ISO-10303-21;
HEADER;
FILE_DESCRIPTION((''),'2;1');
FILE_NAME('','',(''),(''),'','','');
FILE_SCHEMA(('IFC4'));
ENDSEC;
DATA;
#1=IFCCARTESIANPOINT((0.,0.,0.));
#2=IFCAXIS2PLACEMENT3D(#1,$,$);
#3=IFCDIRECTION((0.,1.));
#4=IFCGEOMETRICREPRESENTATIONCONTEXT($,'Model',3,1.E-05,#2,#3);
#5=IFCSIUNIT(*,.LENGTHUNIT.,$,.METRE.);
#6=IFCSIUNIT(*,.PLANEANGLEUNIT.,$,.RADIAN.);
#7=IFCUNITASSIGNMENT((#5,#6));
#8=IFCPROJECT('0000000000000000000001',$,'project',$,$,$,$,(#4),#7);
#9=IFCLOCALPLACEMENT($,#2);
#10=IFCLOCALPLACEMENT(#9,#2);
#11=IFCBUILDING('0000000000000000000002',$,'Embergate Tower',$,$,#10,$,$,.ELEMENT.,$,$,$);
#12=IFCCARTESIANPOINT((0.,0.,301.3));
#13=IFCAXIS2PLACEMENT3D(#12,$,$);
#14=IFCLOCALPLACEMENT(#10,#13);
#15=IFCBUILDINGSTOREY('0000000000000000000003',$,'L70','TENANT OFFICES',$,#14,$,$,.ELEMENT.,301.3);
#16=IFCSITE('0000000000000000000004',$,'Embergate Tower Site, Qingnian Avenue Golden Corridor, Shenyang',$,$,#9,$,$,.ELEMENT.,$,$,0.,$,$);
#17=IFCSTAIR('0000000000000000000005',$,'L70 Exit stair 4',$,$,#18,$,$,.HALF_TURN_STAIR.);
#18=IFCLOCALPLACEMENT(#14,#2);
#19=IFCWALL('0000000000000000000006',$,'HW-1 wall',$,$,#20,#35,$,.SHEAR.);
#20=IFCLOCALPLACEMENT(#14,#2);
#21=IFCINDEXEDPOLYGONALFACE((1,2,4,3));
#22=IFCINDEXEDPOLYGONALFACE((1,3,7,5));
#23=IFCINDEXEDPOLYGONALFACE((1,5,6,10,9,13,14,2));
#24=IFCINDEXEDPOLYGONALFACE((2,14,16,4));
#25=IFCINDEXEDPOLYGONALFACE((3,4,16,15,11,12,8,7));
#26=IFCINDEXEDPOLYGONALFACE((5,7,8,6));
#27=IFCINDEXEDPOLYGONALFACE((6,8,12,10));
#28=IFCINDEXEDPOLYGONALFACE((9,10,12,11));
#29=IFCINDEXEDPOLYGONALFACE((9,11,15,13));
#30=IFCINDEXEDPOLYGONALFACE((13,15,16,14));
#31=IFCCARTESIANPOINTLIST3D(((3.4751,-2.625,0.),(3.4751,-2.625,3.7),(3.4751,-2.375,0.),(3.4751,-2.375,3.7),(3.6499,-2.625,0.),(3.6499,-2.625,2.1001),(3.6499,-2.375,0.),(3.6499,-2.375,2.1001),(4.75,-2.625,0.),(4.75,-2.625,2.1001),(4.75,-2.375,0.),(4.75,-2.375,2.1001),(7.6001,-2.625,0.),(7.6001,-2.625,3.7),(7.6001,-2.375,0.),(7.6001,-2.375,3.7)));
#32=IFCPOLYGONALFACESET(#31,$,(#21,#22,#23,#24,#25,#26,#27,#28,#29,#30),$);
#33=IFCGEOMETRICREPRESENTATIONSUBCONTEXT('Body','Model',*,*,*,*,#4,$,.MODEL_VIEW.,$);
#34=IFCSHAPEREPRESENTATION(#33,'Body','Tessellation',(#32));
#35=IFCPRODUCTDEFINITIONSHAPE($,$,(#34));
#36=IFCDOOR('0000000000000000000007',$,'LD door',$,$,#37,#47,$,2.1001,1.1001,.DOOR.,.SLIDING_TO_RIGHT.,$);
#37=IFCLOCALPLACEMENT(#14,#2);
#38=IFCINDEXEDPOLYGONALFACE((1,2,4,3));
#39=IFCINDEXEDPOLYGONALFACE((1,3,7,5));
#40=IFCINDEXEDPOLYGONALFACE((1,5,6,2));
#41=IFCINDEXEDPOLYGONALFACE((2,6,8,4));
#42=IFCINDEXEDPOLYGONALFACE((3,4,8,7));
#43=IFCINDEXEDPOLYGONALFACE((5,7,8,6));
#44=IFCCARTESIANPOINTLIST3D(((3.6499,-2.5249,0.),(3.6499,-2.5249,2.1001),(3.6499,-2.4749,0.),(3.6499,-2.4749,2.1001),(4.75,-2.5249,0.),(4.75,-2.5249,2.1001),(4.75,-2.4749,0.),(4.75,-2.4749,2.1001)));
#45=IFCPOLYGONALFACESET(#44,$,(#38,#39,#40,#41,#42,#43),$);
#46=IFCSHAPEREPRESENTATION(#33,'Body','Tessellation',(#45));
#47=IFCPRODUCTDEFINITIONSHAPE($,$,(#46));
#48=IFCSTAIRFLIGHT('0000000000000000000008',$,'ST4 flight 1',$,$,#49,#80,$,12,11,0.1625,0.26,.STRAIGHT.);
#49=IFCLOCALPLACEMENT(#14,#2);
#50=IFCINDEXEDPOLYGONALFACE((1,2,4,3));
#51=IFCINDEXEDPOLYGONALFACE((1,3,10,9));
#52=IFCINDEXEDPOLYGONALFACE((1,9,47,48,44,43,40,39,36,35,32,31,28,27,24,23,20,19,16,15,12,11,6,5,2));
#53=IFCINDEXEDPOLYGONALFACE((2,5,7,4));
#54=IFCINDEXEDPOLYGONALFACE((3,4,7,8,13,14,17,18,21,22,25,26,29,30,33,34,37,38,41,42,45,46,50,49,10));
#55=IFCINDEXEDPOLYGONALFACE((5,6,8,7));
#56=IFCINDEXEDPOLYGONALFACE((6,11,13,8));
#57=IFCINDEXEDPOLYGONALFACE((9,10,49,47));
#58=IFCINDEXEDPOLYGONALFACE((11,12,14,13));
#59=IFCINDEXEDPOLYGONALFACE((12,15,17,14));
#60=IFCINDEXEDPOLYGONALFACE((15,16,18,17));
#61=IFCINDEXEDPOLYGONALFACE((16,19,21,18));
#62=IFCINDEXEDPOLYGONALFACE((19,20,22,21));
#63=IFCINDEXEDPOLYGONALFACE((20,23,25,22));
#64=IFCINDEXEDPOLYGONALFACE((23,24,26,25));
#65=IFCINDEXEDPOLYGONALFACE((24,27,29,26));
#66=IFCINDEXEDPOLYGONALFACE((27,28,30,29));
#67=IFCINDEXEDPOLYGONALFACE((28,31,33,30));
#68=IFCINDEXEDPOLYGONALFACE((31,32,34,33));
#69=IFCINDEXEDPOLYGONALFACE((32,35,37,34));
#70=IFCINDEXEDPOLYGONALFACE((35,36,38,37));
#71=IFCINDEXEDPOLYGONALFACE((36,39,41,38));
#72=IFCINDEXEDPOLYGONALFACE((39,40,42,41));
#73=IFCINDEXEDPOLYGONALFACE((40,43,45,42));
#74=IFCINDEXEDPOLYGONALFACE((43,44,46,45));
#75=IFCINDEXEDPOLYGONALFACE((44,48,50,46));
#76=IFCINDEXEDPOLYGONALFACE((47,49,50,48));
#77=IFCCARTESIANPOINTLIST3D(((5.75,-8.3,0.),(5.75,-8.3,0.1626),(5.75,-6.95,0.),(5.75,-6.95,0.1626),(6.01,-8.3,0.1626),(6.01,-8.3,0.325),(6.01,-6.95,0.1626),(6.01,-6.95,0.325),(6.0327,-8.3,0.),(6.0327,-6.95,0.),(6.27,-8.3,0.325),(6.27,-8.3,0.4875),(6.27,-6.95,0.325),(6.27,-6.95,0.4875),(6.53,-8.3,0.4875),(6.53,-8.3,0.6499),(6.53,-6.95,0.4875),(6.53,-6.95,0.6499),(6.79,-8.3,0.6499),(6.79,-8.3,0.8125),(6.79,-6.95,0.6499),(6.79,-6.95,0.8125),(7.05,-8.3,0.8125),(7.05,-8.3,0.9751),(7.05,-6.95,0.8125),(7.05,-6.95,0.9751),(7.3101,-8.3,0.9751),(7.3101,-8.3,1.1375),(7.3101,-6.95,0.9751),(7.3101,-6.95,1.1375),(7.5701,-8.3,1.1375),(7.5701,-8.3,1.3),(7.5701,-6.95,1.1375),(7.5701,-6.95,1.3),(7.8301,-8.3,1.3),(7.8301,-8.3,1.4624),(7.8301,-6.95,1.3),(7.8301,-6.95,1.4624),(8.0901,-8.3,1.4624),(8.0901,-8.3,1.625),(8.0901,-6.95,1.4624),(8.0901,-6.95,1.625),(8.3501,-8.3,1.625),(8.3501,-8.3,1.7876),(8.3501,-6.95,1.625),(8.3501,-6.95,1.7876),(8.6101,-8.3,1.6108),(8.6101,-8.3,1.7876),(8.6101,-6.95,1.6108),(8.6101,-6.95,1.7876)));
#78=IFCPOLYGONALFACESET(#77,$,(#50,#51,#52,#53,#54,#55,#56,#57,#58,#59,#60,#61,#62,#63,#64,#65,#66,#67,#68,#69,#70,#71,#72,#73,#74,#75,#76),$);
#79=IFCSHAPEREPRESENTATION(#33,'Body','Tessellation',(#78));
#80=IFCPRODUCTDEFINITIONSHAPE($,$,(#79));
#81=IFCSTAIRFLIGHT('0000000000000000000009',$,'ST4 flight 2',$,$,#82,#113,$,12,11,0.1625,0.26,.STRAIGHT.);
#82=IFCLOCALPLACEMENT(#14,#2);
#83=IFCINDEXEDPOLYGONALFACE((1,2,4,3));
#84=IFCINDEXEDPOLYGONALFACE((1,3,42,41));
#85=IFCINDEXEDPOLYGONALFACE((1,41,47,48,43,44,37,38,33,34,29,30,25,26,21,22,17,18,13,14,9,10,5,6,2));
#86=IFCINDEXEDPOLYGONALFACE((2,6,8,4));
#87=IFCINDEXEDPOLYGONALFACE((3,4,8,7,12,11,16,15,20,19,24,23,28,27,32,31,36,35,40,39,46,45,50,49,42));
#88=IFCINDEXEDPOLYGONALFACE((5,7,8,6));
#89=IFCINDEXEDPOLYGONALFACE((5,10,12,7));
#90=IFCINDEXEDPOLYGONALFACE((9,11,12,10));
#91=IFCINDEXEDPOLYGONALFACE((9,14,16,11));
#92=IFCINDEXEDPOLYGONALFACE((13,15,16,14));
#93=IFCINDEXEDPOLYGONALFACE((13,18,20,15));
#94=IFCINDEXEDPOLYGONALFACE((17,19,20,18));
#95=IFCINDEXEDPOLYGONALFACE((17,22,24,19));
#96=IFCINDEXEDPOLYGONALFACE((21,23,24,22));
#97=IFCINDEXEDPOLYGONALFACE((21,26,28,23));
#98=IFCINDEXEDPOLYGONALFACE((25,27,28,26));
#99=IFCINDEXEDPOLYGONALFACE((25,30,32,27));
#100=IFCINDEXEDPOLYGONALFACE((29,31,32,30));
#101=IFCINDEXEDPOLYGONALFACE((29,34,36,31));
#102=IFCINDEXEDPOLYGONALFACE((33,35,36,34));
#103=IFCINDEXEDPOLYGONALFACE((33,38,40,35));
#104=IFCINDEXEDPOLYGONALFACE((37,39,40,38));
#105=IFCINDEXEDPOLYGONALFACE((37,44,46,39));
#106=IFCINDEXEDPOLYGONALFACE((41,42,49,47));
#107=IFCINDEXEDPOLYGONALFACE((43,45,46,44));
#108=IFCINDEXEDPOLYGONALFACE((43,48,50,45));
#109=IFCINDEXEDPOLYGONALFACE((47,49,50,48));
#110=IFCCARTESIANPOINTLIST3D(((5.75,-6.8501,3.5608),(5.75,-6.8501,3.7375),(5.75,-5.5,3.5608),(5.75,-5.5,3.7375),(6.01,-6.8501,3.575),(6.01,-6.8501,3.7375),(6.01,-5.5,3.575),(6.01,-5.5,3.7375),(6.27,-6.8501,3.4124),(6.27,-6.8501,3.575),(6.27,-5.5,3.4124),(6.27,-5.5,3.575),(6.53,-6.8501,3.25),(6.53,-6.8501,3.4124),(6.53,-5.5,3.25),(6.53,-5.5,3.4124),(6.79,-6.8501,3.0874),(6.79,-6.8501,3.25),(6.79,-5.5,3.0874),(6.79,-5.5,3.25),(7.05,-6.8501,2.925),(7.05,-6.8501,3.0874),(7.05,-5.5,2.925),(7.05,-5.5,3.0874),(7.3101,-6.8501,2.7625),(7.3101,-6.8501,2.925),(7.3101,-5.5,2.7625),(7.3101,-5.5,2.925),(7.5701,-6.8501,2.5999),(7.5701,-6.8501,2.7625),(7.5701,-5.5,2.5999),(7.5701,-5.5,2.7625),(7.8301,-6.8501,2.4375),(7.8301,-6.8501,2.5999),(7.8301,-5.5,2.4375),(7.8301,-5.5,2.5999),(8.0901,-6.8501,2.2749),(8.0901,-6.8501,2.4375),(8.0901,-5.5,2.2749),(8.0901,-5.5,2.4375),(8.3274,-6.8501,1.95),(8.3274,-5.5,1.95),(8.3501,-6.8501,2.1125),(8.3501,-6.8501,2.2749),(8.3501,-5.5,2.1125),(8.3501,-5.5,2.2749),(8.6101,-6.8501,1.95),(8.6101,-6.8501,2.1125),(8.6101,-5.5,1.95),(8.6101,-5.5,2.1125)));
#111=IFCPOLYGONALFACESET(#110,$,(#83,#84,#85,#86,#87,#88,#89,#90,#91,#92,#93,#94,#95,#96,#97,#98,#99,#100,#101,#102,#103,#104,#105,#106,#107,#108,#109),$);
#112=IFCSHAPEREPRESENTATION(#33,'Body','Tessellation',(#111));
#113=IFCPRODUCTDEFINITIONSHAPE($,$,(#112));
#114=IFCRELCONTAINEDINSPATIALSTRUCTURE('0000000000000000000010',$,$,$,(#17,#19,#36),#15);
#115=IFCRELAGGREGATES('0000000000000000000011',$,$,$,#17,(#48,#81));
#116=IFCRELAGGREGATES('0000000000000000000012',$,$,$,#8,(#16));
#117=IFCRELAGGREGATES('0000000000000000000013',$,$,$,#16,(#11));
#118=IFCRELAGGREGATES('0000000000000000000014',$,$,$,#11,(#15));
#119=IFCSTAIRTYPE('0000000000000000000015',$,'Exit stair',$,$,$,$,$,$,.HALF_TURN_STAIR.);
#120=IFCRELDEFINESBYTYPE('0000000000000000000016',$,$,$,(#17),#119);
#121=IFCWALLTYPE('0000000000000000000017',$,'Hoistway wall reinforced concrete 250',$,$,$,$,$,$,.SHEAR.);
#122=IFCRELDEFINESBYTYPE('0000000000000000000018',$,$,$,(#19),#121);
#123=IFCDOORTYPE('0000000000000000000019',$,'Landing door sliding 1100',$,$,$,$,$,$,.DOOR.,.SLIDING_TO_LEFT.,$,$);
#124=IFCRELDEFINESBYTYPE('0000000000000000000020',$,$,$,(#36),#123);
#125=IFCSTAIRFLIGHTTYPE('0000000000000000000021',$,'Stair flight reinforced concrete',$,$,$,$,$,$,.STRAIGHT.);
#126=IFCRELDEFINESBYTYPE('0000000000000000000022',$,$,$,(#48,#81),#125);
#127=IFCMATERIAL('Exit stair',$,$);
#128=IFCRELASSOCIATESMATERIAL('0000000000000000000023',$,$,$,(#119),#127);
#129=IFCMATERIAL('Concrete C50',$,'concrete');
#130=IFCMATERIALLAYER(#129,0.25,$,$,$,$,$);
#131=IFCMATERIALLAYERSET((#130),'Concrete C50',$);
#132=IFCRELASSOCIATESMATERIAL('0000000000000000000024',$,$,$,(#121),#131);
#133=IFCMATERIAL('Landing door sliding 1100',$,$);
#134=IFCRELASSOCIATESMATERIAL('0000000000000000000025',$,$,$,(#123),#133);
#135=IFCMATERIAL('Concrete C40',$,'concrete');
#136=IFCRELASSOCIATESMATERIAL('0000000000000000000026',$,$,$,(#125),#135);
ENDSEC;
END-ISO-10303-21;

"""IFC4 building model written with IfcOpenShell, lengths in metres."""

from ifc_helpers import new_model, si_unit, direction, frame, frame_2d, origin, place, context, subcontext, project, spatial, polyline, rectangle, outline, extrude, source, transform, mapped, material, layer, layer_set, type_object, element, fill, aggregate, save


model = new_model("IFC4")

# Units and contexts
model_context = context("Model", 3, precision=1e-05, world=origin(), true_north=direction((0.0, 1.0)))
body_context = subcontext(model_context, "Body", "Model", "MODEL_VIEW")
ifc_project = project(units=[si_unit("LENGTHUNIT", "METRE"), si_unit("PLANEANGLEUNIT", "RADIAN")], contexts=[model_context])

# Site, building, storey
site_placement = place(None, origin())
site = spatial("IfcSite", under=ifc_project, at=site_placement, Name="Embergate Tower Site, Qingnian Avenue Golden Corridor, Shenyang", CompositionType="ELEMENT", RefElevation=0.0)
building_placement = place(site_placement, origin())
building = spatial("IfcBuilding", under=site, at=building_placement, Name="Embergate Tower", CompositionType="ELEMENT")
storey_placement = place(building_placement, frame((0.0, 0.0, 301.3)))
storey = spatial("IfcBuildingStorey", under=building, at=storey_placement, Name="L70", Description="TENANT OFFICES", CompositionType="ELEMENT", Elevation=301.3)

# Stair
ifc_material_1 = material(Name="Exit stair")
stair_type = type_object("IfcStairType", Name="Exit stair", PredefinedType="HALF_TURN_STAIR", material=ifc_material_1)
stair_placement = place(storey_placement, origin())
stair = element("IfcStair", 1, at=stair_placement, inside=storey, type_object=stair_type, Name="L70 Exit stair 4", PredefinedType="HALF_TURN_STAIR")
ifc_material_2 = material(Name="Concrete C40", Category="concrete")

# Shared definitions
ifc_material_3 = material(Name="Concrete C50", Category="concrete")
ifc_layer_1 = layer(ifc_material_3, 0.25)
ifc_layer_set_1 = layer_set([ifc_layer_1], Name="Concrete C50")
wall_type_1 = type_object("IfcWallType", Name="Hoistway wall reinforced concrete 250", PredefinedType="SHEAR", material=ifc_layer_set_1)

# Wall, opening, door
shared_shape_1 = source(origin(), body_context, "Body", "SweptSolid", [
    extrude(rectangle(XDim=4.125, YDim=0.25, at=frame_2d((2.0625, 0.0))), origin(), (0.0, 0.0, 1.0), 3.7),
])
wall_1_placement = place(storey_placement, frame((7.6001, -2.5, 0.0), z_axis=(0.0, 0.0, 1.0), x_axis=(-1.0, 0.0, 0.0)))
wall_1 = element("IfcWall", 2, at=wall_1_placement, inside=storey, type_object=wall_type_1, Name="HW-1 wall", PredefinedType="SHEAR", context=body_context, shape_type="MappedRepresentation", body=[
    mapped(shared_shape_1, transform((0.0, 0.0, 0.0))),
])
shared_shape_2 = source(origin(), body_context, "Body", "SweptSolid", [
    extrude(rectangle(XDim=1.1001, YDim=2.1001, at=frame_2d((0.55, 1.05))), frame((0.0, 0.135, 0.0), z_axis=(0.0, -1.0, 0.0), x_axis=(1.0, 0.0, 0.0)), (0.0, 0.0, 1.0), 0.27),
])
opening_1_placement = place(wall_1_placement, frame((2.8501, 0.0, 0.0)))
opening_1 = element("IfcOpeningElement", 3, at=opening_1_placement, cuts=wall_1, PredefinedType="OPENING", context=body_context, shape_type="MappedRepresentation", body=[
    mapped(shared_shape_2, transform((0.0, 0.0, 0.0))),
])
ifc_material_4 = material(Name="Landing door sliding 1100")
door_type_1 = type_object("IfcDoorType", Name="Landing door sliding 1100", OperationType="SLIDING_TO_LEFT", PredefinedType="DOOR", material=ifc_material_4)
shared_shape_3 = source(origin(), body_context, "Body", "SweptSolid", [
    extrude(rectangle(XDim=1.1001, YDim=2.1001, at=frame_2d((0.55, 1.05))), frame((0.0, 0.0249, 0.0), z_axis=(0.0, -1.0, 0.0), x_axis=(1.0, 0.0, 0.0)), (0.0, 0.0, 1.0), 0.05),
])
door_1_placement = place(opening_1_placement, origin())
door_1 = element("IfcDoor", 4, at=door_1_placement, inside=storey, type_object=door_type_1, Name="LD door", OperationType="SLIDING_TO_RIGHT", OverallHeight=2.1001, OverallWidth=1.1001, PredefinedType="DOOR", context=body_context, shape_type="MappedRepresentation", body=[
    mapped(shared_shape_3, transform((0.0, 0.0, 0.0))),
])
fill(opening_1, door_1)

# Stair flights
stair_flight_type = type_object("IfcStairFlightType", Name="Stair flight reinforced concrete", PredefinedType="STRAIGHT", material=ifc_material_2)
shared_shape_4 = source(origin(), body_context, "Body", "SweptSolid", [
    extrude(outline(polyline([(0.0, 0.0), (0.0, 0.1626), (0.26, 0.1626), (0.26, 0.325), (0.52, 0.325), (0.52, 0.4875), (0.78, 0.4875), (0.78, 0.6499), (1.04, 0.6499), (1.04, 0.8125), (1.3, 0.8125), (1.3, 0.9751), (1.5601, 0.9751), (1.5601, 1.1375), (1.8201, 1.1375), (1.8201, 1.3), (2.0801, 1.3), (2.0801, 1.4624), (2.3401, 1.4624), (2.3401, 1.625), (2.6001, 1.625), (2.6001, 1.7876), (2.8601, 1.7876), (2.8601, 1.95), (2.8601, 1.6108), (0.2827, 0.0), (0.0, 0.0)])), frame((0.0, 0.675, 0.0), z_axis=(0.0, -1.0, 0.0), x_axis=(1.0, 0.0, 0.0)), (0.0, 0.0, 1.0), 1.3501),
])
stair_flight_1_placement = place(storey_placement, frame((5.75, -7.625, 0.0), z_axis=(0.0, 0.0, 1.0), x_axis=(1.0, 0.0, 0.0)))
stair_flight_1 = element("IfcStairFlight", 5, at=stair_flight_1_placement, type_object=stair_flight_type, Name="ST4 flight 1", NumberOfRisers=12, NumberOfTreads=11, PredefinedType="STRAIGHT", RiserHeight=0.1625, TreadLength=0.26, context=body_context, shape_type="MappedRepresentation", body=[
    mapped(shared_shape_4, transform((0.0, 0.0, 0.0))),
])
stair_flight_2_placement = place(storey_placement, frame((8.6101, -6.175, 1.95), z_axis=(0.0, 0.0, 1.0), x_axis=(-1.0, 0.0, 0.0)))
stair_flight_2 = element("IfcStairFlight", 6, at=stair_flight_2_placement, type_object=stair_flight_type, Name="ST4 flight 2", NumberOfRisers=12, NumberOfTreads=11, PredefinedType="STRAIGHT", RiserHeight=0.1625, TreadLength=0.26, context=body_context, shape_type="MappedRepresentation", body=[
    mapped(shared_shape_4, transform((0.0, 0.0, 0.0))),
])
aggregate(stair, [stair_flight_1, stair_flight_2])

save(model, "model.ifc")
